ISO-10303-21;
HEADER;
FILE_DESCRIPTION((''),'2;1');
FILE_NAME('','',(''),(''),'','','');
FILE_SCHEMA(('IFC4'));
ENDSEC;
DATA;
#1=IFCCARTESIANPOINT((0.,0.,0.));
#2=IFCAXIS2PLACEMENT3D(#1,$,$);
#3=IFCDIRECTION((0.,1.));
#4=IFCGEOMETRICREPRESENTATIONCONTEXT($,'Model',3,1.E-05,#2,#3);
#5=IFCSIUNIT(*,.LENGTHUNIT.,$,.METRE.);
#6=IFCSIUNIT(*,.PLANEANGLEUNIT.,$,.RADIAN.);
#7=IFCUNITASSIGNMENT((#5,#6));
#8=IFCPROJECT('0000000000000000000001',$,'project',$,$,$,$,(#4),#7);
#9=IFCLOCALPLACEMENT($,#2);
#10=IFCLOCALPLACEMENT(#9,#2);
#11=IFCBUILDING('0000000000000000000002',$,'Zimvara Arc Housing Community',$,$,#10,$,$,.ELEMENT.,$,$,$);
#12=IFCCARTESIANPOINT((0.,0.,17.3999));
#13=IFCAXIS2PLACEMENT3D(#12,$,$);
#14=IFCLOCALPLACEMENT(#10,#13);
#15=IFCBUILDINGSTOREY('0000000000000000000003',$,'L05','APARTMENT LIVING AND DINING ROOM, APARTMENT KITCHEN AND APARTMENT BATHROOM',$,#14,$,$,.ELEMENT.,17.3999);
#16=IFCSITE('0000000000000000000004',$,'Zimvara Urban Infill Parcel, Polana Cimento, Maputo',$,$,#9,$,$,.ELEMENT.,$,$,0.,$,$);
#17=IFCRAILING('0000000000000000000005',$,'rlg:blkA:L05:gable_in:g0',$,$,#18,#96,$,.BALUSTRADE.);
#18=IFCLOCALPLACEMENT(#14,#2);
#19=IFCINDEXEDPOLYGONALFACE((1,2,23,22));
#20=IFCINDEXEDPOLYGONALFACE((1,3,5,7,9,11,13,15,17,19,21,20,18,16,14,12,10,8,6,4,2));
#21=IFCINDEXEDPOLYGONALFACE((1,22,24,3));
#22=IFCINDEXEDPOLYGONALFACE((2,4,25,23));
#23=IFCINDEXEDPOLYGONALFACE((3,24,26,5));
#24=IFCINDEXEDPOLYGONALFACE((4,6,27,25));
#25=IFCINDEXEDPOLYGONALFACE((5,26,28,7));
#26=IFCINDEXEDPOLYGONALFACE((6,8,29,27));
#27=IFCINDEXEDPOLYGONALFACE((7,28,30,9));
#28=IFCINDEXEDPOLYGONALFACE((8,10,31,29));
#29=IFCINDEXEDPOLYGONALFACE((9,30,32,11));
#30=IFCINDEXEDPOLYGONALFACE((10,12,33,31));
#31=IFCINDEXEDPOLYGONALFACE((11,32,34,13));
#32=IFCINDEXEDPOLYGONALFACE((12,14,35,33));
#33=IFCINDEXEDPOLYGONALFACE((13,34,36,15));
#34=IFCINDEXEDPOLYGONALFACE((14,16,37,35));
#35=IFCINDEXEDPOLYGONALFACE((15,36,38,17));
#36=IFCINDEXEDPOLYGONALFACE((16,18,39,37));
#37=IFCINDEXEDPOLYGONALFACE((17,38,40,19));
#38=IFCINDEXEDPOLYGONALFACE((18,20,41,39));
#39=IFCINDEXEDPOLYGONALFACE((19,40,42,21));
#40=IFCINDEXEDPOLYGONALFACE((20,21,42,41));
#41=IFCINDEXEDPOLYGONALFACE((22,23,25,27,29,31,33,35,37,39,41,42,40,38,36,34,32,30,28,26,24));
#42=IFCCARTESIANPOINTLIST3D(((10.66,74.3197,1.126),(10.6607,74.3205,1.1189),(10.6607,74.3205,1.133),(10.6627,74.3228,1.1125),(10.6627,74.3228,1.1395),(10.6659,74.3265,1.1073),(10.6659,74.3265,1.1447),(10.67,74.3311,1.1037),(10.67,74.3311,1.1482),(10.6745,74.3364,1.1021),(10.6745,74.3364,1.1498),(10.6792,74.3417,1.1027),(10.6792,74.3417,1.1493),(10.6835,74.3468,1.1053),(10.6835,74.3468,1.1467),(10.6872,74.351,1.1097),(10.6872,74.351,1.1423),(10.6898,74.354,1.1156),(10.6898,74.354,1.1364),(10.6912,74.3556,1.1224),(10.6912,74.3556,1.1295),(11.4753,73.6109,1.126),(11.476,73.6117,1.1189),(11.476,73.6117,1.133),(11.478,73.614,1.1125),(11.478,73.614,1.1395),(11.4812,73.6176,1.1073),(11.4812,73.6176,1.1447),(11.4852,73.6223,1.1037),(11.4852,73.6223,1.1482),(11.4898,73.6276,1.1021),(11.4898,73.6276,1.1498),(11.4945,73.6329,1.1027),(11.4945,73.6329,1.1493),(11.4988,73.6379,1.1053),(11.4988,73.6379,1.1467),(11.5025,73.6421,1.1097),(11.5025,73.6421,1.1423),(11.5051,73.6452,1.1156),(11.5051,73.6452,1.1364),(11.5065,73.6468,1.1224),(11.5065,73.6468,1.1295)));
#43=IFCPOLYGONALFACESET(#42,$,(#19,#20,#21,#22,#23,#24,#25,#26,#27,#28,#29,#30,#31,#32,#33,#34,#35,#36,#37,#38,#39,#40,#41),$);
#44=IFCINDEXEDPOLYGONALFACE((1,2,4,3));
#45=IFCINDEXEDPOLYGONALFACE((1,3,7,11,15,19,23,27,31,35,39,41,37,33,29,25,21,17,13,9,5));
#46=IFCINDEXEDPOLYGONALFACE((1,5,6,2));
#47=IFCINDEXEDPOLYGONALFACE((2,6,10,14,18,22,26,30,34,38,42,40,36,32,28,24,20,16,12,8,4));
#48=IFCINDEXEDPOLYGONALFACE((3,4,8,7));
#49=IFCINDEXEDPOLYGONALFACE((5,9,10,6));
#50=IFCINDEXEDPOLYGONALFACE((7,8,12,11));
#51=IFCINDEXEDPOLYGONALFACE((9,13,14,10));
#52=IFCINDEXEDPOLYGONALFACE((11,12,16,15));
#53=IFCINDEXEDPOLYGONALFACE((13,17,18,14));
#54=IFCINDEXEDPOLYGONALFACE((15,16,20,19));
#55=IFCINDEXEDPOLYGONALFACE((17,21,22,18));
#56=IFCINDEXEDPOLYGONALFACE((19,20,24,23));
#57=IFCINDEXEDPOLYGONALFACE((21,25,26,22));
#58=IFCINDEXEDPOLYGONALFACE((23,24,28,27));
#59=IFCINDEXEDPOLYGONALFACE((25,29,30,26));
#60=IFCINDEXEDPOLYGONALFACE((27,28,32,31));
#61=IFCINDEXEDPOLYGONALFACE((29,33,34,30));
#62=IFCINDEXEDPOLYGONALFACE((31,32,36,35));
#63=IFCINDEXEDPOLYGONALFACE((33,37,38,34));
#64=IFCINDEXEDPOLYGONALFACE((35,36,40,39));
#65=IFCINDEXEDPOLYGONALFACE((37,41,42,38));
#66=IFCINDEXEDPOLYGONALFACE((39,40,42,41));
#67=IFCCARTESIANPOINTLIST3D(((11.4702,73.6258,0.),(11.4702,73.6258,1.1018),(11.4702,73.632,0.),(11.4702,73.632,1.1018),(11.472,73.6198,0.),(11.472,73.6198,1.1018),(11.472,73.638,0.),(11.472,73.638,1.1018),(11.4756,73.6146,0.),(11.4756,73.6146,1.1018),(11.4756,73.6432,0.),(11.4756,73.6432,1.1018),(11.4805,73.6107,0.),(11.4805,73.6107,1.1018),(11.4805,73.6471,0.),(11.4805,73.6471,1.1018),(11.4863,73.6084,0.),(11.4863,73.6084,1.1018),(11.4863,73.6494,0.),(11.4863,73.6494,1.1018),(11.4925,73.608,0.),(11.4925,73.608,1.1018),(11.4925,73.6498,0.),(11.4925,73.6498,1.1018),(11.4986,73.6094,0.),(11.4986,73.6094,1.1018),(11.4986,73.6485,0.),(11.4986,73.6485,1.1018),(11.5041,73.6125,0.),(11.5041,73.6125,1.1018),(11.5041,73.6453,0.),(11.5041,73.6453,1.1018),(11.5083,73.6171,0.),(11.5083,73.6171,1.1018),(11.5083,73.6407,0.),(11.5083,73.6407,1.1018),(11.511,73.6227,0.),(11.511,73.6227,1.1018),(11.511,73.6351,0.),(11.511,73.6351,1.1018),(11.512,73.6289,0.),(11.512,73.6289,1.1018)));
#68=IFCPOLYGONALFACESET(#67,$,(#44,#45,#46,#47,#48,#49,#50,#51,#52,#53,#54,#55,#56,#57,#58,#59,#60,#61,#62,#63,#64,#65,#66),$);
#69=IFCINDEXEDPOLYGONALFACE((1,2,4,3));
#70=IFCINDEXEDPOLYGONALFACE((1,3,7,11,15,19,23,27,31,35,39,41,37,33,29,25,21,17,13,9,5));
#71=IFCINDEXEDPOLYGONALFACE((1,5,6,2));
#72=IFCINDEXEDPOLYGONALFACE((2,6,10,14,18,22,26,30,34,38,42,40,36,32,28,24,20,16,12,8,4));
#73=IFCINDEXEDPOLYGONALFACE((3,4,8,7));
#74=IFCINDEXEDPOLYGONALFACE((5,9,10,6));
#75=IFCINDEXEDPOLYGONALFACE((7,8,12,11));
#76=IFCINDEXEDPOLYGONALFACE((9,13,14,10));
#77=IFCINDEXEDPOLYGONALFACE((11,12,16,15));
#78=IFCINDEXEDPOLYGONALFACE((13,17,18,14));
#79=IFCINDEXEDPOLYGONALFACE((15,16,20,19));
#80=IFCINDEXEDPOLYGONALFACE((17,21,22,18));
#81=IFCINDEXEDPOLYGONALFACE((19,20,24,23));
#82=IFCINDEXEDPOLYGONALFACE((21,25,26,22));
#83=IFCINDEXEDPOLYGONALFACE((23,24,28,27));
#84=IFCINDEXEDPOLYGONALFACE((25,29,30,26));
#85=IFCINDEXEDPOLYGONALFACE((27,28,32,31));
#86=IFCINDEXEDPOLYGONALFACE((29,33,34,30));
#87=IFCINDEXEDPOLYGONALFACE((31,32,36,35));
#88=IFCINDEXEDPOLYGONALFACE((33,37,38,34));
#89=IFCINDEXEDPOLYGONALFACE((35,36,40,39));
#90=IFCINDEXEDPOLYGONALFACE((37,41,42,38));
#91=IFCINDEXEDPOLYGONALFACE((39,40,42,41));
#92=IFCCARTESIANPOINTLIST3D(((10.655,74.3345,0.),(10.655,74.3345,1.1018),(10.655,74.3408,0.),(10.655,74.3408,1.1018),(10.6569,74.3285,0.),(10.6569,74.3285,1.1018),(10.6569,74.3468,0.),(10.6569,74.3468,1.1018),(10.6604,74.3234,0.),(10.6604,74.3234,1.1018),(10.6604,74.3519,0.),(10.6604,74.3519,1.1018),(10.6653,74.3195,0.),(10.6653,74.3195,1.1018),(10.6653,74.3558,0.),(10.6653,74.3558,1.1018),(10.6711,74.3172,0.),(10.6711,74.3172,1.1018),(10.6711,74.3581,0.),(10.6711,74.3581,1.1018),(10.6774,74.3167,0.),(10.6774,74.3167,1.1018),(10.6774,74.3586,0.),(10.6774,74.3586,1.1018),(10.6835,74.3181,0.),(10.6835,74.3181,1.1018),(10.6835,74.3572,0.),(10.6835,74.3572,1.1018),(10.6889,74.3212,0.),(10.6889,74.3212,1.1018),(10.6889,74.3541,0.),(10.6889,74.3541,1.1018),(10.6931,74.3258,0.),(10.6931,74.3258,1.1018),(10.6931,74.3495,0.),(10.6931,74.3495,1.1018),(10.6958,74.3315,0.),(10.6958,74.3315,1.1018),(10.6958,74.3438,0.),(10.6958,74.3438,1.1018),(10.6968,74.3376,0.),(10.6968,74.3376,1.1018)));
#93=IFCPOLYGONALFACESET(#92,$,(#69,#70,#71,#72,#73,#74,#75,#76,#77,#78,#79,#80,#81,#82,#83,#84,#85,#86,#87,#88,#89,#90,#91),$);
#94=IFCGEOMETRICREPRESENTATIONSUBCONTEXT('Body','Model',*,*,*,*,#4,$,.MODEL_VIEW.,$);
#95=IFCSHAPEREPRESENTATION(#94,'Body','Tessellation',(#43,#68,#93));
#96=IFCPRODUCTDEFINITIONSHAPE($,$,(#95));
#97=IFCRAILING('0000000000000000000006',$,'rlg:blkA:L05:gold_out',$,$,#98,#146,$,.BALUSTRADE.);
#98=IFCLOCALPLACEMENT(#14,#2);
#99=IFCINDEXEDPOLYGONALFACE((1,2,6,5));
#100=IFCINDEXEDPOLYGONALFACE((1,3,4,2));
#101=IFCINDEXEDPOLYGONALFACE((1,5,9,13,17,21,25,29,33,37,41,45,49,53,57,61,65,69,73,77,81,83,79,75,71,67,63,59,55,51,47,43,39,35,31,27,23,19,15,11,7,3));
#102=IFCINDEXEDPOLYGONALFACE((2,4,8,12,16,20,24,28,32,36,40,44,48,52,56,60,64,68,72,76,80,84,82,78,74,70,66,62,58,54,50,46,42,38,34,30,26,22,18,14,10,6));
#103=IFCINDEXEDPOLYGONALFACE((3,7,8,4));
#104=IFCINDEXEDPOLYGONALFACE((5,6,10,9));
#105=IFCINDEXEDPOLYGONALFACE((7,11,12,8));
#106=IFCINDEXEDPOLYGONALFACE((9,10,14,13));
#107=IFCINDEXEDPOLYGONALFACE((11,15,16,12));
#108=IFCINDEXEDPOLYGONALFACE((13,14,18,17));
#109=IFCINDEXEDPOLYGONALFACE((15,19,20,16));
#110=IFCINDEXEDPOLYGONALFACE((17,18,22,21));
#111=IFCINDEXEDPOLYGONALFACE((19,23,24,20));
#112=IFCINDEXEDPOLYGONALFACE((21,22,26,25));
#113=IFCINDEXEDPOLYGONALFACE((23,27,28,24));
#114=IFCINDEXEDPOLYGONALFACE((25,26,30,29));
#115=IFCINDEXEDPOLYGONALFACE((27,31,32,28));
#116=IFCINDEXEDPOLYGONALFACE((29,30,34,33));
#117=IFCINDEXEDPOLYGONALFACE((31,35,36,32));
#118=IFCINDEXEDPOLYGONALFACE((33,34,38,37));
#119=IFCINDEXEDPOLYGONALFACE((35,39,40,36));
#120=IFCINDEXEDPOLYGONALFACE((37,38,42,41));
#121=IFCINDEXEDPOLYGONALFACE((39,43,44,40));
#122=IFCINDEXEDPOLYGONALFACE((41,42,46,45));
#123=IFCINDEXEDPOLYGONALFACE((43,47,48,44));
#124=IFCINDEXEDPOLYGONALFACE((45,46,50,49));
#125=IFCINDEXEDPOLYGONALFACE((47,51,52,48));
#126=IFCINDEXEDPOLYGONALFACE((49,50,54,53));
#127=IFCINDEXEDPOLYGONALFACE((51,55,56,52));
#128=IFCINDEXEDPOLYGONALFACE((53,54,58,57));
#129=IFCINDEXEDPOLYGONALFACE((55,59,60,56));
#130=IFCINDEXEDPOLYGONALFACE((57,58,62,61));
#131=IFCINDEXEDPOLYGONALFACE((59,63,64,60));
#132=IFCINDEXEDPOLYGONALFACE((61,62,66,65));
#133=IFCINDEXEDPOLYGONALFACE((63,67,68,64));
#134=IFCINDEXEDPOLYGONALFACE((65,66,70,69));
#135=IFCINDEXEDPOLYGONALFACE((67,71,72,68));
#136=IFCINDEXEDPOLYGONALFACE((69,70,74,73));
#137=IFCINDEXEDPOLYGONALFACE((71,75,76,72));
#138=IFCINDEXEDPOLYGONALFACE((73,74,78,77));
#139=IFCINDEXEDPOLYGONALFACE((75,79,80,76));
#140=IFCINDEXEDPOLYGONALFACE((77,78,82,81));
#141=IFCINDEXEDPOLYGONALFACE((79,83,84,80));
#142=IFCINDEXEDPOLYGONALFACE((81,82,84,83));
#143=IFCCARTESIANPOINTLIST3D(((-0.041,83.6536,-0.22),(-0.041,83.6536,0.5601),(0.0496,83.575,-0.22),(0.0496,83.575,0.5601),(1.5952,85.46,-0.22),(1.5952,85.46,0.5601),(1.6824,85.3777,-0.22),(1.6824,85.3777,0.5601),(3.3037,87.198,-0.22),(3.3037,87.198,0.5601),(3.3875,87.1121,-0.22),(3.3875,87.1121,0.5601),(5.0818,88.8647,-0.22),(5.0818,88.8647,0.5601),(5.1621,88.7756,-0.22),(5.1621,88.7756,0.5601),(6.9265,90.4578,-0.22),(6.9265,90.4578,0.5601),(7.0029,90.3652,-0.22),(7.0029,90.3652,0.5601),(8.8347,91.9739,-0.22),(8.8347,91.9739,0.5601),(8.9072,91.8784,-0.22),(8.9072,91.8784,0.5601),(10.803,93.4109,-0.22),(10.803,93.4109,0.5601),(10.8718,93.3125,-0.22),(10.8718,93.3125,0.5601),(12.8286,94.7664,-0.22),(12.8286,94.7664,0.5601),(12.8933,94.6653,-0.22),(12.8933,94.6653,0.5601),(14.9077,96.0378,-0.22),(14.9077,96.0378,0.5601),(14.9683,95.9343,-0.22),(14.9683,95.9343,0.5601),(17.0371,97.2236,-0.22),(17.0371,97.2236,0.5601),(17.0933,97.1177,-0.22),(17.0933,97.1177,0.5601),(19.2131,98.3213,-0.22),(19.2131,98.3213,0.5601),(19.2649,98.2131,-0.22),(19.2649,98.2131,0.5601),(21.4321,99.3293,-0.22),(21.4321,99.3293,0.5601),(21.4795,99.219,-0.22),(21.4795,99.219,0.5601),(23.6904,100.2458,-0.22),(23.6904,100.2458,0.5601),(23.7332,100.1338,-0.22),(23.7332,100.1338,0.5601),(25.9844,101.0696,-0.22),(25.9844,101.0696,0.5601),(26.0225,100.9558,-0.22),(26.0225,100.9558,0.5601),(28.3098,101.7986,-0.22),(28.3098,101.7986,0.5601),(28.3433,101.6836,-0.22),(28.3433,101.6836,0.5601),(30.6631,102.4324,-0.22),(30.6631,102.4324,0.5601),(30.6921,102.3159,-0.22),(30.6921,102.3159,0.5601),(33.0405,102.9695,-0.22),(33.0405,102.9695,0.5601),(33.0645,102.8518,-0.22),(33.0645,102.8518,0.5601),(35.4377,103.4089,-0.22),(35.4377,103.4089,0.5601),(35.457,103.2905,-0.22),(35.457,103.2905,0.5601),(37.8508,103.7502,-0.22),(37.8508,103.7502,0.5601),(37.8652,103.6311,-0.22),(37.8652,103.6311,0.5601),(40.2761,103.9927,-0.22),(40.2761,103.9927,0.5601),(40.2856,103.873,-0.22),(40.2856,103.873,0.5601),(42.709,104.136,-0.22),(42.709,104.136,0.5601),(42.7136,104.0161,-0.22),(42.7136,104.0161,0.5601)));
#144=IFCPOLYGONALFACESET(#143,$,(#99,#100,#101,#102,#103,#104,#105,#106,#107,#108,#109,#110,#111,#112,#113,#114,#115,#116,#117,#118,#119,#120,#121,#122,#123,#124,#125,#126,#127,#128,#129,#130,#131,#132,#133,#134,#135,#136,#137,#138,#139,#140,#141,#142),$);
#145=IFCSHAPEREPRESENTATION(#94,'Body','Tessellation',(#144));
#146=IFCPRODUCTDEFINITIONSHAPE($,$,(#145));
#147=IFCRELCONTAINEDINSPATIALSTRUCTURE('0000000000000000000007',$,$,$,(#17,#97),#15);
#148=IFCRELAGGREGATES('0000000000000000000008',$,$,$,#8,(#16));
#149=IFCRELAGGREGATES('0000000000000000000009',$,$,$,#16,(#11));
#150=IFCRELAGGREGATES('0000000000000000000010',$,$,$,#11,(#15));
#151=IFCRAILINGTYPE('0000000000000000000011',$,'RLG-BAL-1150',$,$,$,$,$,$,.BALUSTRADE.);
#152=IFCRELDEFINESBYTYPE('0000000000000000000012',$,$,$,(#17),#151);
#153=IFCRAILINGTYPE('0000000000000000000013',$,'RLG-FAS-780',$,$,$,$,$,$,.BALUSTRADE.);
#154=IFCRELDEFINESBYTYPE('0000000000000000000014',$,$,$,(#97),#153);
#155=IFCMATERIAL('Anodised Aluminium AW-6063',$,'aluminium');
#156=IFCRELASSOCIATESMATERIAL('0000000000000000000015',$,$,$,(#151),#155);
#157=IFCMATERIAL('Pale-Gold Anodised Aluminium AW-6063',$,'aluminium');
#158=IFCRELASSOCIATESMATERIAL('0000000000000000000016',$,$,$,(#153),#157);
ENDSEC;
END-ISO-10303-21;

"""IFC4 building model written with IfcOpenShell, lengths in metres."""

from ifc_helpers import new_model, si_unit, direction, frame, origin, origin_2d, place, context, subcontext, project, spatial, polyline, circle, outline, extrude, material, type_object, element, save


model = new_model("IFC4")

# Units and contexts
model_context = context("Model", 3, precision=1e-05, world=origin(), true_north=direction((0.0, 1.0)))
body_context = subcontext(model_context, "Body", "Model", "MODEL_VIEW")
ifc_project = project(units=[si_unit("LENGTHUNIT", "METRE"), si_unit("PLANEANGLEUNIT", "RADIAN")], contexts=[model_context])

# Site, building, storey
site_placement = place(None, origin())
site = spatial("IfcSite", under=ifc_project, at=site_placement, Name="Zimvara Urban Infill Parcel, Polana Cimento, Maputo", CompositionType="ELEMENT", RefElevation=0.0)
building_placement = place(site_placement, origin())
building = spatial("IfcBuilding", under=site, at=building_placement, Name="Zimvara Arc Housing Community", CompositionType="ELEMENT")
storey_placement = place(building_placement, frame((0.0, 0.0, 17.3999)))
storey = spatial("IfcBuildingStorey", under=building, at=storey_placement, Name="L05", Description="APARTMENT LIVING AND DINING ROOM, APARTMENT KITCHEN AND APARTMENT BATHROOM", CompositionType="ELEMENT", Elevation=17.3999)

# Railings
ifc_material_1 = material(Name="Anodised Aluminium AW-6063", Category="aluminium")
railing_type_1 = type_object("IfcRailingType", Name="RLG-BAL-1150", PredefinedType="BALUSTRADE", material=ifc_material_1)
railing_1_placement = place(storey_placement, frame((11.491, 73.6289, 0.0)))
element("IfcRailing", 1, at=railing_1_placement, inside=storey, type_object=railing_type_1, Name="rlg:blkA:L05:gable_in:g0", PredefinedType="BALUSTRADE", context=body_context, shape_type="SweptSolid", body=[
    extrude(circle(Radius=0.0239, at=origin_2d()), frame((0.0, 0.0, 1.126), z_axis=(-0.754659, 0.656117, 0.0), x_axis=(-0.656117, -0.754659, 0.0)), (0.0, 0.0, 1.0), 1.0803),
    extrude(circle(Radius=0.021, at=origin_2d()), origin(), (0.0, 0.0, 1.0), 1.1018),
    extrude(circle(Radius=0.021, at=origin_2d()), frame((-0.8152, 0.7087, 0.0)), (0.0, 0.0, 1.0), 1.1018),
])
ifc_material_2 = material(Name="Pale-Gold Anodised Aluminium AW-6063", Category="aluminium")
railing_type_2 = type_object("IfcRailingType", Name="RLG-FAS-780", PredefinedType="BALUSTRADE", material=ifc_material_2)
railing_2_placement = place(storey_placement, frame((0.0, 0.0, -0.22)))
element("IfcRailing", 2, at=railing_2_placement, inside=storey, type_object=railing_type_2, Name="rlg:blkA:L05:gold_out", PredefinedType="BALUSTRADE", context=body_context, shape_type="SweptSolid", body=[
    extrude(outline(polyline([(0.0496, 83.575), (1.6824, 85.3777), (3.3875, 87.1121), (5.1621, 88.7756), (7.0029, 90.3652), (8.9072, 91.8784), (10.8718, 93.3125), (12.8933, 94.6653), (14.9683, 95.9343), (17.0933, 97.1177), (19.2649, 98.2131), (21.4795, 99.219), (23.7332, 100.1338), (26.0225, 100.9558), (28.3433, 101.6836), (30.6921, 102.3159), (33.0645, 102.8518), (35.457, 103.2905), (37.8652, 103.6311), (40.2856, 103.873), (42.7136, 104.0161), (42.709, 104.136), (40.2761, 103.9927), (37.8508, 103.7502), (35.4377, 103.4089), (33.0405, 102.9695), (30.6631, 102.4324), (28.3098, 101.7986), (25.9844, 101.0696), (23.6904, 100.2458), (21.4321, 99.3293), (19.2131, 98.3213), (17.0371, 97.2236), (14.9077, 96.0378), (12.8286, 94.7664), (10.803, 93.4109), (8.8347, 91.9739), (6.9265, 90.4578), (5.0818, 88.8647), (3.3037, 87.198), (1.5952, 85.46), (-0.041, 83.6536), (0.0496, 83.575)])), origin(), (0.0, 0.0, 1.0), 0.78),
])

save(model, "model.ifc")
